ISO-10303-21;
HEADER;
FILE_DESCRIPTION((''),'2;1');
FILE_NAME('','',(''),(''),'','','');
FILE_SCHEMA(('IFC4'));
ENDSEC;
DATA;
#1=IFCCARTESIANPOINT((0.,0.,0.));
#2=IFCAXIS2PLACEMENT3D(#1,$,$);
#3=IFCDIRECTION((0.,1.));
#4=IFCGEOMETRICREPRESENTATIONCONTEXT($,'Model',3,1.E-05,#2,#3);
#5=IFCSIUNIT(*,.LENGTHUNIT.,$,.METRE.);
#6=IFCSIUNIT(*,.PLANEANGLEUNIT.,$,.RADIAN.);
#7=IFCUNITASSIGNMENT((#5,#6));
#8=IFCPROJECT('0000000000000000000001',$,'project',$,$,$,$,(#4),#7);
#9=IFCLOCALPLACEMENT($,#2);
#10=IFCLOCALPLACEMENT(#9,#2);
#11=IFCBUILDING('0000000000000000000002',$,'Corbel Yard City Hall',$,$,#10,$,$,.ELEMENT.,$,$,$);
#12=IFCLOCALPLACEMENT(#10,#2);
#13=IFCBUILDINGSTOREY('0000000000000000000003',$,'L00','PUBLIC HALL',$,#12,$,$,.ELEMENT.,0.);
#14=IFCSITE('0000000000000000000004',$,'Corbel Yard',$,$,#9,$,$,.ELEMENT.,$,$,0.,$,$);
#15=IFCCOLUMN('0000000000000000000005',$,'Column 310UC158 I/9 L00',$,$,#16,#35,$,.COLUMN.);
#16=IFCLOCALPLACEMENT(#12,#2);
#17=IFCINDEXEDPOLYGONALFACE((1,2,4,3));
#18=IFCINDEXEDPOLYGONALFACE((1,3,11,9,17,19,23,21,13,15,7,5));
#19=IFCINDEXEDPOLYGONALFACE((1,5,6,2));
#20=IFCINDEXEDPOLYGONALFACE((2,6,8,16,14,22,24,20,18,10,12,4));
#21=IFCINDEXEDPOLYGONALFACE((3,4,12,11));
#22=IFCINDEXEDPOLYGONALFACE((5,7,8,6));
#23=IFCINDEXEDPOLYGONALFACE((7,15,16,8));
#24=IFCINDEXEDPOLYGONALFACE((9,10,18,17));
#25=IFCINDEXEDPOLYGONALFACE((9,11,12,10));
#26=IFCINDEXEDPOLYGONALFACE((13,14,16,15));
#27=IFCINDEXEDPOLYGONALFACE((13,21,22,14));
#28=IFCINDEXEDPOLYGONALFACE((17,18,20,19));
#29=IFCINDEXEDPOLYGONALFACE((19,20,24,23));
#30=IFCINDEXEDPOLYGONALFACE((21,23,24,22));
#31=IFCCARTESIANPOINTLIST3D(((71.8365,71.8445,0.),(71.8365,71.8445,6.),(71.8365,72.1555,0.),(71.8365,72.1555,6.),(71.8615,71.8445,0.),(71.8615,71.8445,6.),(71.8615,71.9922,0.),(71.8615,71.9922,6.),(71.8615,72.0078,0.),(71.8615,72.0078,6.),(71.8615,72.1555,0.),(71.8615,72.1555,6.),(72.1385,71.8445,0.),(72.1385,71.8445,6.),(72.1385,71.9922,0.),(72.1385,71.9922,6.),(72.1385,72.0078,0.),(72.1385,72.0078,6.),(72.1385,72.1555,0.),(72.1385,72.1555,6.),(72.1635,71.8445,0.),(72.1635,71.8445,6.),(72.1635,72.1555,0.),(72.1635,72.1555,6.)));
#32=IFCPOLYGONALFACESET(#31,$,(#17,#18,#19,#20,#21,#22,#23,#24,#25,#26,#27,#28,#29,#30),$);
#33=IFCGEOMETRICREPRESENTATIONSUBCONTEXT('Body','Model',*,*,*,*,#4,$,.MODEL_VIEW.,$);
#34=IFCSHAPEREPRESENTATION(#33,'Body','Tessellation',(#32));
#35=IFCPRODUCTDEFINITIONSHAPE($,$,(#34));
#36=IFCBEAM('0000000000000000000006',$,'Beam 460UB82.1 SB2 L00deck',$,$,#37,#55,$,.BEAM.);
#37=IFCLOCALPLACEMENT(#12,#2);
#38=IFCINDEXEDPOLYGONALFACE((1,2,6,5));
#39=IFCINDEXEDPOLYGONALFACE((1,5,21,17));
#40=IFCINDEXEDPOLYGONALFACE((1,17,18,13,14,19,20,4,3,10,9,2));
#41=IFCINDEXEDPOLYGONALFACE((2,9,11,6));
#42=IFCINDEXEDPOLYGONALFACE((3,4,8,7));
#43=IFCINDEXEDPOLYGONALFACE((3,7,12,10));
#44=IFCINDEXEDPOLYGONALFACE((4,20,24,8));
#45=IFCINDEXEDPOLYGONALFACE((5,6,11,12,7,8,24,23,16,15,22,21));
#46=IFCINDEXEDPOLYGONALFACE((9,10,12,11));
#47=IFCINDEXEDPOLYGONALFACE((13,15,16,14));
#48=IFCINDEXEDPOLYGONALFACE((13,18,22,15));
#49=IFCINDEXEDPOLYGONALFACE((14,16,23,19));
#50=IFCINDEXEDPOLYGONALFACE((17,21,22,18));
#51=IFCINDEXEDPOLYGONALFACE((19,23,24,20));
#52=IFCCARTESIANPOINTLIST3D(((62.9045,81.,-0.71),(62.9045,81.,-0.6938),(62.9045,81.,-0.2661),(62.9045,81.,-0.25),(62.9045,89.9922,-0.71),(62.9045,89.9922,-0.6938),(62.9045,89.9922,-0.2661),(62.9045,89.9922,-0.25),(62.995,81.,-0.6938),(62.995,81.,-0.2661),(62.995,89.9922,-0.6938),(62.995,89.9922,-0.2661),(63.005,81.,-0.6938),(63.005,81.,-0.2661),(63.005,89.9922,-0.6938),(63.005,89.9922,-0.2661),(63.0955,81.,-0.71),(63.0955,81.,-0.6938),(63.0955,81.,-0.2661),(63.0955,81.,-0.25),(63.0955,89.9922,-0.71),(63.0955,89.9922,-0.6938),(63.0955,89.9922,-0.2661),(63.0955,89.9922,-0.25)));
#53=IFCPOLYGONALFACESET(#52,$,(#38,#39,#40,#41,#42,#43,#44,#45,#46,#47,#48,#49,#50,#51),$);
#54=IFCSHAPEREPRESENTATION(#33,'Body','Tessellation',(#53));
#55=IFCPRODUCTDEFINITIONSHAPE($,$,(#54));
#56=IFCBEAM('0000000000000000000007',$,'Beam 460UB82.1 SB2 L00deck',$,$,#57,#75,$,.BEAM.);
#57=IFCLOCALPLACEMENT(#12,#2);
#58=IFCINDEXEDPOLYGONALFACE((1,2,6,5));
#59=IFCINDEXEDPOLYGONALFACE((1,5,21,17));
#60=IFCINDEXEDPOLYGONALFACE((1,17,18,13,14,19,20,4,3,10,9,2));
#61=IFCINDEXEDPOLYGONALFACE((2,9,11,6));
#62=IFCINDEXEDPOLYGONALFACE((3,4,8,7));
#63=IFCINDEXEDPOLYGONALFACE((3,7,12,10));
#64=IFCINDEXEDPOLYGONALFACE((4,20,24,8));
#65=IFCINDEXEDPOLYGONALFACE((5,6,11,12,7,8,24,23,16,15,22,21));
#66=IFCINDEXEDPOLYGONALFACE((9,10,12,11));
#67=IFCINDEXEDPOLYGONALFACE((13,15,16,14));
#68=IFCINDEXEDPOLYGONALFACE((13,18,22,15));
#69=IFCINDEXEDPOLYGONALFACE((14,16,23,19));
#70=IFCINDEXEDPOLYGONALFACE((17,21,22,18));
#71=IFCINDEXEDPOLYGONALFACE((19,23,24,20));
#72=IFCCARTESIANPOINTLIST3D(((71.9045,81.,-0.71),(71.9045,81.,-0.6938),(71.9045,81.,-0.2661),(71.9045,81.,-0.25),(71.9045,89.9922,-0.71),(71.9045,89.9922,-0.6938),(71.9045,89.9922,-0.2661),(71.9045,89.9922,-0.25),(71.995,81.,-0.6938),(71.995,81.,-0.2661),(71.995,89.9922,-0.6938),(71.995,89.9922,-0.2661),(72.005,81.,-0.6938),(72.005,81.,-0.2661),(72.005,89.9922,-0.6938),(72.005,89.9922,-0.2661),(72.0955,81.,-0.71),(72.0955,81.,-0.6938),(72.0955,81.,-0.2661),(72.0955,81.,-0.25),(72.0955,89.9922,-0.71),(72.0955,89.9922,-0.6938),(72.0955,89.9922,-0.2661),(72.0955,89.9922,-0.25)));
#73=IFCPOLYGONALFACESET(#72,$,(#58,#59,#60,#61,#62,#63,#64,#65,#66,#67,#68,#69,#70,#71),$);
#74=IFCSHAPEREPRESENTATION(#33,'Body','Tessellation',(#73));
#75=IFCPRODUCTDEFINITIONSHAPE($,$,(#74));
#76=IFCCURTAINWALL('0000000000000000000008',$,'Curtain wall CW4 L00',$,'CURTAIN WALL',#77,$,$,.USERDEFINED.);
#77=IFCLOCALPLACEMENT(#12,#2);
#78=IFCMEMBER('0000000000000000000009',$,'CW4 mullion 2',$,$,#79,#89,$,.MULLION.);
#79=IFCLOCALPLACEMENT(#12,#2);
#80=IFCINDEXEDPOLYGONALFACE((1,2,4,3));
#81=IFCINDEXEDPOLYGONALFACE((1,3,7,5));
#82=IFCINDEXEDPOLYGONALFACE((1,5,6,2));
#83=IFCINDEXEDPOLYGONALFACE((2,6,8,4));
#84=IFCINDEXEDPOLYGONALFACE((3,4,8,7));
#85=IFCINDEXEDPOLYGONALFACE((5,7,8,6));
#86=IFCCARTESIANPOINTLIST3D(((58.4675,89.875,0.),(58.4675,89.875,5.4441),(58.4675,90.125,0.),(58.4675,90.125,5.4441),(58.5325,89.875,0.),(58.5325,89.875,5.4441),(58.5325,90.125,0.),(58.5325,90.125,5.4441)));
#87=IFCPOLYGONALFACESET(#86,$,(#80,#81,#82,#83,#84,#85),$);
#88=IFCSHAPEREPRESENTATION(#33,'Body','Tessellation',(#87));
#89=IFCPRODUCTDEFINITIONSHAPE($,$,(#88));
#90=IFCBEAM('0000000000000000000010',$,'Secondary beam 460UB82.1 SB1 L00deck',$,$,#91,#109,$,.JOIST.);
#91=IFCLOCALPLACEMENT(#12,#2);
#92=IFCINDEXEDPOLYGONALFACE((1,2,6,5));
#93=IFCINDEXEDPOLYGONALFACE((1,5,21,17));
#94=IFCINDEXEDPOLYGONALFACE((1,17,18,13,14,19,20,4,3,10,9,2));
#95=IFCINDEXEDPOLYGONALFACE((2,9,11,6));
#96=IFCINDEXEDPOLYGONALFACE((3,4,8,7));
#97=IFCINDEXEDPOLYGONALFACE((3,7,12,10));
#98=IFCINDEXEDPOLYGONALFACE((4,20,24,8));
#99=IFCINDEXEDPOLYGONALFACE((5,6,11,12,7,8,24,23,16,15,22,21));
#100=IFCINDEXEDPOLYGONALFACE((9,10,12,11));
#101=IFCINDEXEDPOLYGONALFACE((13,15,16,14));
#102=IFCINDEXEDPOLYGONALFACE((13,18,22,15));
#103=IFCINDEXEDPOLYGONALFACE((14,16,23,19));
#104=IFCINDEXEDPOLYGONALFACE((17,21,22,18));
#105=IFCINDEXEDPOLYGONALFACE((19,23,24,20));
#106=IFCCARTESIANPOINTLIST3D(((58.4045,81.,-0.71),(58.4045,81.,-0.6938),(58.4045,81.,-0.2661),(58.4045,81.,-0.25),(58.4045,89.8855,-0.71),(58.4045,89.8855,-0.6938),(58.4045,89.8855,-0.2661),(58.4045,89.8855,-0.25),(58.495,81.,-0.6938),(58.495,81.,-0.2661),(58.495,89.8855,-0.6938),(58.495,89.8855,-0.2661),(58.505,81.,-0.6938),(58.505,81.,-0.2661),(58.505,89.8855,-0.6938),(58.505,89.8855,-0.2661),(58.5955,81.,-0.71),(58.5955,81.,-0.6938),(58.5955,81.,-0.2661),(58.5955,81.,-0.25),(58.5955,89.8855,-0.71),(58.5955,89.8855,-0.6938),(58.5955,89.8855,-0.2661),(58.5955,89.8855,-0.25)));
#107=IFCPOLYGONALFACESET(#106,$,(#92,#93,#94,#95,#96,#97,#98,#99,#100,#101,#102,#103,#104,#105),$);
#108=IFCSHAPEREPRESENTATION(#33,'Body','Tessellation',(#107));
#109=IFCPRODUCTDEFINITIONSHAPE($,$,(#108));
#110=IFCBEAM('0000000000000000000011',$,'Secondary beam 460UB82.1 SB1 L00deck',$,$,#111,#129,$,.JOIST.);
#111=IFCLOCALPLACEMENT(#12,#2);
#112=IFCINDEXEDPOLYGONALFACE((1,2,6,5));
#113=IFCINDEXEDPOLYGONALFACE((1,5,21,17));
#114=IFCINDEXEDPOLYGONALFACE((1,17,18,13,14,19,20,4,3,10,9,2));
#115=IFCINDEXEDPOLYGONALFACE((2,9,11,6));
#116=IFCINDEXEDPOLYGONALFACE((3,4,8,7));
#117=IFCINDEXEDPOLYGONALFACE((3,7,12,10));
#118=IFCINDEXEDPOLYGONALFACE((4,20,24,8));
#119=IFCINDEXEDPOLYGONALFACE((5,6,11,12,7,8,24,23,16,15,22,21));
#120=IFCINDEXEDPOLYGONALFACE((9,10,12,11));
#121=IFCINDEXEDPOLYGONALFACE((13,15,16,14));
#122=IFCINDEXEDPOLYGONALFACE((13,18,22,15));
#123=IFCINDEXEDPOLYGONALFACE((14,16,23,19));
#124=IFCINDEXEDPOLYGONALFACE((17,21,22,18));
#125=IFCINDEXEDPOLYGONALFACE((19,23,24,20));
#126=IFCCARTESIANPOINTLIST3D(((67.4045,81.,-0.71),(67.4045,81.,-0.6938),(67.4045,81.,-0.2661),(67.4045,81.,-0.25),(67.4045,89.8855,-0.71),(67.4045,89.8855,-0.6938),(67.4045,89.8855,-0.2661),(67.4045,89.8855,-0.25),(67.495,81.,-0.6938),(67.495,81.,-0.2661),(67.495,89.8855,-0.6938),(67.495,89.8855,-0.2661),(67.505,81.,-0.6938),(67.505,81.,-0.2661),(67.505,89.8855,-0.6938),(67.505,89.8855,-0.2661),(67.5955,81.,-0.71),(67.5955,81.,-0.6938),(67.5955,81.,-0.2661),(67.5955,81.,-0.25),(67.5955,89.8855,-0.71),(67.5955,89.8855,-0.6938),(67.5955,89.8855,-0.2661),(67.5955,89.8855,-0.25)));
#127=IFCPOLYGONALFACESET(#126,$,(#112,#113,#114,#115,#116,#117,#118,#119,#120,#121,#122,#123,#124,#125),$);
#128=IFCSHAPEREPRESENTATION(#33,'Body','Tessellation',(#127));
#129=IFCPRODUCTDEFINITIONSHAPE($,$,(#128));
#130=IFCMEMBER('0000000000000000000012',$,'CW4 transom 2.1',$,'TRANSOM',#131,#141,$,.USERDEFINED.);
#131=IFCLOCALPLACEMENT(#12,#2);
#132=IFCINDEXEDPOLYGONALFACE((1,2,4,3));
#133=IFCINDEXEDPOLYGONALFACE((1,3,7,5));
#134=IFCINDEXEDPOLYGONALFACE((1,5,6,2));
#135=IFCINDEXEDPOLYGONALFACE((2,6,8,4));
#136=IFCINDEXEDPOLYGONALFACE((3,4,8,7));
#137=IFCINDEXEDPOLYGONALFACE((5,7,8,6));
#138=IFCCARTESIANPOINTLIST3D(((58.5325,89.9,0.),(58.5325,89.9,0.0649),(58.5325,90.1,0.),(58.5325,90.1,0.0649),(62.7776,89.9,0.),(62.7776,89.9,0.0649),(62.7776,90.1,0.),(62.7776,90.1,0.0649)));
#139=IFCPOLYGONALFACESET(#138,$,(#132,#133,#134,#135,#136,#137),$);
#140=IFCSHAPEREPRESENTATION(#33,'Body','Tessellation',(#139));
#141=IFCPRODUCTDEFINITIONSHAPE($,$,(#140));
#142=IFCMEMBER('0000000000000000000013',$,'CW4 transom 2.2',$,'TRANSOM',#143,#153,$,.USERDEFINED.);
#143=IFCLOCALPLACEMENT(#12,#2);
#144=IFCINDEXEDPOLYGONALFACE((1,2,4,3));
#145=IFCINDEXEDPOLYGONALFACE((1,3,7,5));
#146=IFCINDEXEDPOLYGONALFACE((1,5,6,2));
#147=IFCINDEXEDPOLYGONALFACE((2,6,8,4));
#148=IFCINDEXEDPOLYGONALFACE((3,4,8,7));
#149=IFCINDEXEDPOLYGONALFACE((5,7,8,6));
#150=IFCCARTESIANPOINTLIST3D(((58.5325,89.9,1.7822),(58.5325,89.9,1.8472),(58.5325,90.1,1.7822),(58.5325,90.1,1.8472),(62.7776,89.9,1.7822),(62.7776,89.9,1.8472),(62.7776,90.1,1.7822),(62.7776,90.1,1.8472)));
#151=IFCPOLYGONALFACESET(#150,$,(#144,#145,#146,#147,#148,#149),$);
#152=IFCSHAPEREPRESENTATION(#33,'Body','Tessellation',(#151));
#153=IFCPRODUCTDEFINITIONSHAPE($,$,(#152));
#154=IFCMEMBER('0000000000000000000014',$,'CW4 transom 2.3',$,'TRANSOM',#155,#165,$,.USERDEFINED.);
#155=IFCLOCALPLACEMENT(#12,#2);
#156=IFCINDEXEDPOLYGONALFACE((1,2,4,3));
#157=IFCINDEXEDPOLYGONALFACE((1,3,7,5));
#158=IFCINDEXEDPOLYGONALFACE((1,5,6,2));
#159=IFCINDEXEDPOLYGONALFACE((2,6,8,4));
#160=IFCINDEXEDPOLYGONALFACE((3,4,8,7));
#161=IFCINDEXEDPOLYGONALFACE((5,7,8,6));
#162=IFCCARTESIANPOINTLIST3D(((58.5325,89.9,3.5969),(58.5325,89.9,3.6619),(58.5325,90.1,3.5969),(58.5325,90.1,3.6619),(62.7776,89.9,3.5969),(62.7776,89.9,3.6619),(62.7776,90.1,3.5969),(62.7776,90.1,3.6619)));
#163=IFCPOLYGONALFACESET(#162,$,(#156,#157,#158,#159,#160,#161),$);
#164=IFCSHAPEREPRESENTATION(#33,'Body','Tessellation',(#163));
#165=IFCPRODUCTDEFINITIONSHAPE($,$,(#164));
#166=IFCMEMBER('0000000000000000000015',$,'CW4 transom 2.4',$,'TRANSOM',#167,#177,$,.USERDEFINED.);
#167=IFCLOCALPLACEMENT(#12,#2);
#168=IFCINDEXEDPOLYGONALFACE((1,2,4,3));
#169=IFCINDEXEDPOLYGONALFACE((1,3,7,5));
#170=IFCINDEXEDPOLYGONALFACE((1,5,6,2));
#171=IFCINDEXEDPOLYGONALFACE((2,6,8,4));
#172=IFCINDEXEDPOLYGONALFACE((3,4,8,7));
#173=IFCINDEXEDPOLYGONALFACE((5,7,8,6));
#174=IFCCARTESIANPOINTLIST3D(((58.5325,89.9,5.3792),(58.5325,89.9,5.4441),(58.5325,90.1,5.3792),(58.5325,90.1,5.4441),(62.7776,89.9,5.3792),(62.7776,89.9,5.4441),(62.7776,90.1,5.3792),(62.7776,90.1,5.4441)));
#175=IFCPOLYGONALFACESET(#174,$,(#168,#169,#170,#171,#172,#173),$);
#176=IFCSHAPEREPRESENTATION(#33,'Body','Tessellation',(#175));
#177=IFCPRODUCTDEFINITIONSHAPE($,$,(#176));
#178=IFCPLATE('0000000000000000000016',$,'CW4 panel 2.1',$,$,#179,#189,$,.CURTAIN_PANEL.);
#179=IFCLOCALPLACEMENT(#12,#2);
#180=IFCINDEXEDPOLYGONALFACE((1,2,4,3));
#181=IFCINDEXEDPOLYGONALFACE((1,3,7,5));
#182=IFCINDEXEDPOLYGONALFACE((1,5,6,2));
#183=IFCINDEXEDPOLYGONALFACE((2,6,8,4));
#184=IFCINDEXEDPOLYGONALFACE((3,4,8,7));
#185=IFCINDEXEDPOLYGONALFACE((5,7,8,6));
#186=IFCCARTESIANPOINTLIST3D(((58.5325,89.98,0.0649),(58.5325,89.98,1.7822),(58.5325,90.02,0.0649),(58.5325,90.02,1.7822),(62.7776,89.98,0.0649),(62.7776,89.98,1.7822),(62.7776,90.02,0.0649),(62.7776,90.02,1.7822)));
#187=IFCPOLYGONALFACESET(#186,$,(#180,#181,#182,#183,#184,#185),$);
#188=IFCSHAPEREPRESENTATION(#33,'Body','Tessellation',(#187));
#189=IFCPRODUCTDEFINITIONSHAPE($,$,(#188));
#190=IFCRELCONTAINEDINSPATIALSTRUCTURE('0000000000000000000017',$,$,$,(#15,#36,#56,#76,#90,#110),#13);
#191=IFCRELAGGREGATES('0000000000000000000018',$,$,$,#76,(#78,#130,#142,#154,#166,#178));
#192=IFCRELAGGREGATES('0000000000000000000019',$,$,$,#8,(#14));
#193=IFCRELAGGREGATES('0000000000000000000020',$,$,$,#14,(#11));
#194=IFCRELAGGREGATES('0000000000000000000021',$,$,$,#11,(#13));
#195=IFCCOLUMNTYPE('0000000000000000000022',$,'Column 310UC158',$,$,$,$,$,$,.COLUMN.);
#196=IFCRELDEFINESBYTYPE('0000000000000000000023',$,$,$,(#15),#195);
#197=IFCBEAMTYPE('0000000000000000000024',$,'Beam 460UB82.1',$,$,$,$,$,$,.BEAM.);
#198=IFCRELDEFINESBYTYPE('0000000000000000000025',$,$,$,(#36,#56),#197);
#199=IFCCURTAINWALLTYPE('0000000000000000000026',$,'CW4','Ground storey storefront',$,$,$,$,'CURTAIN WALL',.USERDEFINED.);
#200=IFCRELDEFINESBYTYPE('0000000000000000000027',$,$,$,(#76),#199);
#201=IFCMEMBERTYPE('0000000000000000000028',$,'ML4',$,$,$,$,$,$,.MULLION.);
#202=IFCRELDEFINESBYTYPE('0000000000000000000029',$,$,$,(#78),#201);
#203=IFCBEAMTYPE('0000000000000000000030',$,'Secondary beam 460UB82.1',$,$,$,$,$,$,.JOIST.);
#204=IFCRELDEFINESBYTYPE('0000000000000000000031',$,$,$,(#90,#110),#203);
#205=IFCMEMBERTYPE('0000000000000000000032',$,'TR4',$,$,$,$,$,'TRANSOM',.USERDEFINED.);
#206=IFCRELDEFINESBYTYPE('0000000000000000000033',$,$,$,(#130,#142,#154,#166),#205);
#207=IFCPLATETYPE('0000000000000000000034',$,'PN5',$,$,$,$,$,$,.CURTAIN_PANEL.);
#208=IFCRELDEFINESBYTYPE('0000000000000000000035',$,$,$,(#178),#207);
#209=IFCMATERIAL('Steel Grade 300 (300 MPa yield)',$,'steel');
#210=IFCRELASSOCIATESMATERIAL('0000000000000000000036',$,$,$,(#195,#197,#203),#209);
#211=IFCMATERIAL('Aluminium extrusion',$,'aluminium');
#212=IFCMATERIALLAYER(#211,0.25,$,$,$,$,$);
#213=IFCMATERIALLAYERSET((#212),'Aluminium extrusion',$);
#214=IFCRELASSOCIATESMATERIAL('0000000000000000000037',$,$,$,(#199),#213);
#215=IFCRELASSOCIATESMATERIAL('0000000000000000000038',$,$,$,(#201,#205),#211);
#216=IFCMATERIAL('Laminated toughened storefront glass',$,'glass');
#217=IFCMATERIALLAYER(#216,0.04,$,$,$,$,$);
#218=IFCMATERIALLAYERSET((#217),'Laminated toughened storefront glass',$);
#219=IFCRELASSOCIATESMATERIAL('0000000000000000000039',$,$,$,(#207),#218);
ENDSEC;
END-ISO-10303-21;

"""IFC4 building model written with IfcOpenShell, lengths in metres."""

from ifc_helpers import new_model, si_unit, direction, frame, origin, origin_2d, place, context, subcontext, project, spatial, rectangle, i_section, extrude, material, layer, layer_set, material_profile, profile_set, type_object, element, aggregate, save


model = new_model("IFC4")

# Units and contexts
model_context = context("Model", 3, precision=1e-05, world=origin(), true_north=direction((0.0, 1.0)))
body_context = subcontext(model_context, "Body", "Model", "MODEL_VIEW")
ifc_project = project(units=[si_unit("LENGTHUNIT", "METRE"), si_unit("PLANEANGLEUNIT", "RADIAN")], contexts=[model_context])

# Site, building, storey
site_placement = place(None, origin())
site = spatial("IfcSite", under=ifc_project, at=site_placement, Name="Corbel Yard", CompositionType="ELEMENT", RefElevation=0.0)
building_placement = place(site_placement, origin())
building = spatial("IfcBuilding", under=site, at=building_placement, Name="Corbel Yard City Hall", CompositionType="ELEMENT")
storey_placement = place(building_placement, origin())
storey = spatial("IfcBuildingStorey", under=building, at=storey_placement, Name="L00", Description="PUBLIC HALL", CompositionType="ELEMENT", Elevation=0.0)

# Column
ifc_material_1 = material(Name="Steel Grade 300 (300 MPa yield)", Category="steel")
ifc_material_profile_1 = material_profile(ifc_material_1, i_section(OverallWidth=0.311, OverallDepth=0.3269, WebThickness=0.0156, FlangeThickness=0.0249, at=origin_2d()), Name="310UC158")
ifc_profile_set_1 = profile_set([ifc_material_profile_1], Name="Steel Grade 300 (300 MPa yield)")
column_type = type_object("IfcColumnType", Name="Column 310UC158", PredefinedType="COLUMN", material=ifc_profile_set_1)
for number, where, z_axis, x_axis, name in (
    (1, (72.0, 72.0, 0.0), (0.0, 0.0, 1.0), (0.0, 1.0, 0.0), "Column 310UC158 I/9 L00"),
):
    element("IfcColumn", number, at=place(storey_placement, frame(where, z_axis=z_axis, x_axis=x_axis)), inside=storey, type_object=column_type, Name=name, PredefinedType="COLUMN", context=body_context, shape_type="SweptSolid", body=[
        extrude(i_section(OverallWidth=0.311, OverallDepth=0.3269, WebThickness=0.0156, FlangeThickness=0.0249, at=origin_2d()), origin(), (0.0, 0.0, 1.0), 6.0),
    ])

# Beams
ifc_material_profile_2 = material_profile(ifc_material_1, i_section(OverallWidth=0.1909, OverallDepth=0.46, WebThickness=0.01, FlangeThickness=0.0161, at=origin_2d()), Name="460UB82.1")
ifc_profile_set_2 = profile_set([ifc_material_profile_2], Name="Steel Grade 300 (300 MPa yield)")
beam_type_1 = type_object("IfcBeamType", Name="Beam 460UB82.1", PredefinedType="BEAM", material=ifc_profile_set_2)
for number, where, z_axis, x_axis, name in (
    (2, (63.0, 81.0, -0.48), (0.0, 1.0, 0.0), (-1.0, 0.0, 0.0), "Beam 460UB82.1 SB2 L00deck"),
    (3, (72.0, 81.0, -0.48), (0.0, 1.0, 0.0), (-1.0, 0.0, 0.0), "Beam 460UB82.1 SB2 L00deck"),
):
    element("IfcBeam", number, at=place(storey_placement, frame(where, z_axis=z_axis, x_axis=x_axis)), inside=storey, type_object=beam_type_1, Name=name, PredefinedType="BEAM", context=body_context, shape_type="SweptSolid", body=[
        extrude(i_section(OverallWidth=0.1909, OverallDepth=0.46, WebThickness=0.01, FlangeThickness=0.0161, at=origin_2d()), origin(), (0.0, 0.0, 1.0), 8.9922),
    ])

# Curtain wall, member
ifc_material_2 = material(Name="Aluminium extrusion", Category="aluminium")
ifc_layer_1 = layer(ifc_material_2, 0.25)
ifc_layer_set_1 = layer_set([ifc_layer_1], Name="Aluminium extrusion")
curtain_wall_type = type_object("IfcCurtainWallType", Name="CW4", Description="Ground storey storefront", ElementType="CURTAIN WALL", PredefinedType="USERDEFINED", material=ifc_layer_set_1)
curtain_wall_placement = place(storey_placement, origin())
curtain_wall = element("IfcCurtainWall", 4, at=curtain_wall_placement, inside=storey, type_object=curtain_wall_type, Name="Curtain wall CW4 L00", ObjectType="CURTAIN WALL", PredefinedType="USERDEFINED")
ifc_material_profile_3 = material_profile(ifc_material_2, rectangle(XDim=0.25, YDim=0.0649, at=origin_2d()), Name="250x65")
ifc_profile_set_3 = profile_set([ifc_material_profile_3], Name="Aluminium extrusion")
member_type_1 = type_object("IfcMemberType", Name="ML4", PredefinedType="MULLION", material=ifc_profile_set_3)
member_1_placement = place(storey_placement, frame((58.5, 90.0, 0.0), z_axis=(0.0, 0.0, 1.0), x_axis=(0.0, 1.0, 0.0)))
member_1 = element("IfcMember", 5, at=member_1_placement, type_object=member_type_1, Name="CW4 mullion 2", PredefinedType="MULLION", context=body_context, shape_type="SweptSolid", body=[
    extrude(rectangle(XDim=0.25, YDim=0.0649, at=origin_2d()), origin(), (0.0, 0.0, 1.0), 5.4441),
])

# Beams
ifc_material_profile_4 = material_profile(ifc_material_1, i_section(OverallWidth=0.1909, OverallDepth=0.46, WebThickness=0.01, FlangeThickness=0.0161, at=origin_2d()), Name="460UB82.1")
ifc_profile_set_4 = profile_set([ifc_material_profile_4], Name="Steel Grade 300 (300 MPa yield)")
beam_type_2 = type_object("IfcBeamType", Name="Secondary beam 460UB82.1", PredefinedType="JOIST", material=ifc_profile_set_4)
for number, where, z_axis, x_axis, name in (
    (6, (58.5, 81.0, -0.48), (0.0, 1.0, 0.0), (-1.0, 0.0, 0.0), "Secondary beam 460UB82.1 SB1 L00deck"),
    (7, (67.5, 81.0, -0.48), (0.0, 1.0, 0.0), (-1.0, 0.0, 0.0), "Secondary beam 460UB82.1 SB1 L00deck"),
):
    element("IfcBeam", number, at=place(storey_placement, frame(where, z_axis=z_axis, x_axis=x_axis)), inside=storey, type_object=beam_type_2, Name=name, PredefinedType="JOIST", context=body_context, shape_type="SweptSolid", body=[
        extrude(i_section(OverallWidth=0.1909, OverallDepth=0.46, WebThickness=0.01, FlangeThickness=0.0161, at=origin_2d()), origin(), (0.0, 0.0, 1.0), 8.8855),
    ])

# Members
ifc_material_profile_5 = material_profile(ifc_material_2, rectangle(XDim=0.2, YDim=0.0649, at=origin_2d()), Name="200x65")
ifc_profile_set_5 = profile_set([ifc_material_profile_5], Name="Aluminium extrusion")
member_type_2 = type_object("IfcMemberType", Name="TR4", ElementType="TRANSOM", PredefinedType="USERDEFINED", material=ifc_profile_set_5)
member_2_placement = place(storey_placement, frame((58.5325, 90.0, 0.0325), z_axis=(1.0, 0.0, 0.0), x_axis=(0.0, 1.0, 0.0)))
member_2 = element("IfcMember", 8, at=member_2_placement, type_object=member_type_2, Name="CW4 transom 2.1", ObjectType="TRANSOM", PredefinedType="USERDEFINED", context=body_context, shape_type="SweptSolid", body=[
    extrude(rectangle(XDim=0.2, YDim=0.0649, at=origin_2d()), origin(), (0.0, 0.0, 1.0), 4.2451),
])
member_3_placement = place(storey_placement, frame((58.5325, 90.0, 1.8147), z_axis=(1.0, 0.0, 0.0), x_axis=(0.0, 1.0, 0.0)))
member_3 = element("IfcMember", 9, at=member_3_placement, type_object=member_type_2, Name="CW4 transom 2.2", ObjectType="TRANSOM", PredefinedType="USERDEFINED", context=body_context, shape_type="SweptSolid", body=[
    extrude(rectangle(XDim=0.2, YDim=0.0649, at=origin_2d()), origin(), (0.0, 0.0, 1.0), 4.2451),
])
member_4_placement = place(storey_placement, frame((58.5325, 90.0, 3.6294), z_axis=(1.0, 0.0, 0.0), x_axis=(0.0, 1.0, 0.0)))
member_4 = element("IfcMember", 10, at=member_4_placement, type_object=member_type_2, Name="CW4 transom 2.3", ObjectType="TRANSOM", PredefinedType="USERDEFINED", context=body_context, shape_type="SweptSolid", body=[
    extrude(rectangle(XDim=0.2, YDim=0.0649, at=origin_2d()), origin(), (0.0, 0.0, 1.0), 4.2451),
])
member_5_placement = place(storey_placement, frame((58.5325, 90.0, 5.4116), z_axis=(1.0, 0.0, 0.0), x_axis=(0.0, 1.0, 0.0)))
member_5 = element("IfcMember", 11, at=member_5_placement, type_object=member_type_2, Name="CW4 transom 2.4", ObjectType="TRANSOM", PredefinedType="USERDEFINED", context=body_context, shape_type="SweptSolid", body=[
    extrude(rectangle(XDim=0.2, YDim=0.0649, at=origin_2d()), origin(), (0.0, 0.0, 1.0), 4.2451),
])

# Plate
ifc_material_3 = material(Name="Laminated toughened storefront glass", Category="glass")
ifc_layer_2 = layer(ifc_material_3, 0.04)
ifc_layer_set_2 = layer_set([ifc_layer_2], Name="Laminated toughened storefront glass")
plate_type = type_object("IfcPlateType", Name="PN5", PredefinedType="CURTAIN_PANEL", material=ifc_layer_set_2)
plate_placement = place(storey_placement, frame((60.655, 90.0, 0.0649), z_axis=(0.0, 0.0, 1.0), x_axis=(1.0, 0.0, 0.0)))
plate = element("IfcPlate", 12, at=plate_placement, type_object=plate_type, Name="CW4 panel 2.1", PredefinedType="CURTAIN_PANEL", context=body_context, shape_type="SweptSolid", body=[
    extrude(rectangle(XDim=4.2451, YDim=0.04, at=origin_2d()), origin(), (0.0, 0.0, 1.0), 1.7173),
])
aggregate(curtain_wall, [member_1, member_2, member_3, member_4, member_5, plate])

save(model, "model.ifc")
